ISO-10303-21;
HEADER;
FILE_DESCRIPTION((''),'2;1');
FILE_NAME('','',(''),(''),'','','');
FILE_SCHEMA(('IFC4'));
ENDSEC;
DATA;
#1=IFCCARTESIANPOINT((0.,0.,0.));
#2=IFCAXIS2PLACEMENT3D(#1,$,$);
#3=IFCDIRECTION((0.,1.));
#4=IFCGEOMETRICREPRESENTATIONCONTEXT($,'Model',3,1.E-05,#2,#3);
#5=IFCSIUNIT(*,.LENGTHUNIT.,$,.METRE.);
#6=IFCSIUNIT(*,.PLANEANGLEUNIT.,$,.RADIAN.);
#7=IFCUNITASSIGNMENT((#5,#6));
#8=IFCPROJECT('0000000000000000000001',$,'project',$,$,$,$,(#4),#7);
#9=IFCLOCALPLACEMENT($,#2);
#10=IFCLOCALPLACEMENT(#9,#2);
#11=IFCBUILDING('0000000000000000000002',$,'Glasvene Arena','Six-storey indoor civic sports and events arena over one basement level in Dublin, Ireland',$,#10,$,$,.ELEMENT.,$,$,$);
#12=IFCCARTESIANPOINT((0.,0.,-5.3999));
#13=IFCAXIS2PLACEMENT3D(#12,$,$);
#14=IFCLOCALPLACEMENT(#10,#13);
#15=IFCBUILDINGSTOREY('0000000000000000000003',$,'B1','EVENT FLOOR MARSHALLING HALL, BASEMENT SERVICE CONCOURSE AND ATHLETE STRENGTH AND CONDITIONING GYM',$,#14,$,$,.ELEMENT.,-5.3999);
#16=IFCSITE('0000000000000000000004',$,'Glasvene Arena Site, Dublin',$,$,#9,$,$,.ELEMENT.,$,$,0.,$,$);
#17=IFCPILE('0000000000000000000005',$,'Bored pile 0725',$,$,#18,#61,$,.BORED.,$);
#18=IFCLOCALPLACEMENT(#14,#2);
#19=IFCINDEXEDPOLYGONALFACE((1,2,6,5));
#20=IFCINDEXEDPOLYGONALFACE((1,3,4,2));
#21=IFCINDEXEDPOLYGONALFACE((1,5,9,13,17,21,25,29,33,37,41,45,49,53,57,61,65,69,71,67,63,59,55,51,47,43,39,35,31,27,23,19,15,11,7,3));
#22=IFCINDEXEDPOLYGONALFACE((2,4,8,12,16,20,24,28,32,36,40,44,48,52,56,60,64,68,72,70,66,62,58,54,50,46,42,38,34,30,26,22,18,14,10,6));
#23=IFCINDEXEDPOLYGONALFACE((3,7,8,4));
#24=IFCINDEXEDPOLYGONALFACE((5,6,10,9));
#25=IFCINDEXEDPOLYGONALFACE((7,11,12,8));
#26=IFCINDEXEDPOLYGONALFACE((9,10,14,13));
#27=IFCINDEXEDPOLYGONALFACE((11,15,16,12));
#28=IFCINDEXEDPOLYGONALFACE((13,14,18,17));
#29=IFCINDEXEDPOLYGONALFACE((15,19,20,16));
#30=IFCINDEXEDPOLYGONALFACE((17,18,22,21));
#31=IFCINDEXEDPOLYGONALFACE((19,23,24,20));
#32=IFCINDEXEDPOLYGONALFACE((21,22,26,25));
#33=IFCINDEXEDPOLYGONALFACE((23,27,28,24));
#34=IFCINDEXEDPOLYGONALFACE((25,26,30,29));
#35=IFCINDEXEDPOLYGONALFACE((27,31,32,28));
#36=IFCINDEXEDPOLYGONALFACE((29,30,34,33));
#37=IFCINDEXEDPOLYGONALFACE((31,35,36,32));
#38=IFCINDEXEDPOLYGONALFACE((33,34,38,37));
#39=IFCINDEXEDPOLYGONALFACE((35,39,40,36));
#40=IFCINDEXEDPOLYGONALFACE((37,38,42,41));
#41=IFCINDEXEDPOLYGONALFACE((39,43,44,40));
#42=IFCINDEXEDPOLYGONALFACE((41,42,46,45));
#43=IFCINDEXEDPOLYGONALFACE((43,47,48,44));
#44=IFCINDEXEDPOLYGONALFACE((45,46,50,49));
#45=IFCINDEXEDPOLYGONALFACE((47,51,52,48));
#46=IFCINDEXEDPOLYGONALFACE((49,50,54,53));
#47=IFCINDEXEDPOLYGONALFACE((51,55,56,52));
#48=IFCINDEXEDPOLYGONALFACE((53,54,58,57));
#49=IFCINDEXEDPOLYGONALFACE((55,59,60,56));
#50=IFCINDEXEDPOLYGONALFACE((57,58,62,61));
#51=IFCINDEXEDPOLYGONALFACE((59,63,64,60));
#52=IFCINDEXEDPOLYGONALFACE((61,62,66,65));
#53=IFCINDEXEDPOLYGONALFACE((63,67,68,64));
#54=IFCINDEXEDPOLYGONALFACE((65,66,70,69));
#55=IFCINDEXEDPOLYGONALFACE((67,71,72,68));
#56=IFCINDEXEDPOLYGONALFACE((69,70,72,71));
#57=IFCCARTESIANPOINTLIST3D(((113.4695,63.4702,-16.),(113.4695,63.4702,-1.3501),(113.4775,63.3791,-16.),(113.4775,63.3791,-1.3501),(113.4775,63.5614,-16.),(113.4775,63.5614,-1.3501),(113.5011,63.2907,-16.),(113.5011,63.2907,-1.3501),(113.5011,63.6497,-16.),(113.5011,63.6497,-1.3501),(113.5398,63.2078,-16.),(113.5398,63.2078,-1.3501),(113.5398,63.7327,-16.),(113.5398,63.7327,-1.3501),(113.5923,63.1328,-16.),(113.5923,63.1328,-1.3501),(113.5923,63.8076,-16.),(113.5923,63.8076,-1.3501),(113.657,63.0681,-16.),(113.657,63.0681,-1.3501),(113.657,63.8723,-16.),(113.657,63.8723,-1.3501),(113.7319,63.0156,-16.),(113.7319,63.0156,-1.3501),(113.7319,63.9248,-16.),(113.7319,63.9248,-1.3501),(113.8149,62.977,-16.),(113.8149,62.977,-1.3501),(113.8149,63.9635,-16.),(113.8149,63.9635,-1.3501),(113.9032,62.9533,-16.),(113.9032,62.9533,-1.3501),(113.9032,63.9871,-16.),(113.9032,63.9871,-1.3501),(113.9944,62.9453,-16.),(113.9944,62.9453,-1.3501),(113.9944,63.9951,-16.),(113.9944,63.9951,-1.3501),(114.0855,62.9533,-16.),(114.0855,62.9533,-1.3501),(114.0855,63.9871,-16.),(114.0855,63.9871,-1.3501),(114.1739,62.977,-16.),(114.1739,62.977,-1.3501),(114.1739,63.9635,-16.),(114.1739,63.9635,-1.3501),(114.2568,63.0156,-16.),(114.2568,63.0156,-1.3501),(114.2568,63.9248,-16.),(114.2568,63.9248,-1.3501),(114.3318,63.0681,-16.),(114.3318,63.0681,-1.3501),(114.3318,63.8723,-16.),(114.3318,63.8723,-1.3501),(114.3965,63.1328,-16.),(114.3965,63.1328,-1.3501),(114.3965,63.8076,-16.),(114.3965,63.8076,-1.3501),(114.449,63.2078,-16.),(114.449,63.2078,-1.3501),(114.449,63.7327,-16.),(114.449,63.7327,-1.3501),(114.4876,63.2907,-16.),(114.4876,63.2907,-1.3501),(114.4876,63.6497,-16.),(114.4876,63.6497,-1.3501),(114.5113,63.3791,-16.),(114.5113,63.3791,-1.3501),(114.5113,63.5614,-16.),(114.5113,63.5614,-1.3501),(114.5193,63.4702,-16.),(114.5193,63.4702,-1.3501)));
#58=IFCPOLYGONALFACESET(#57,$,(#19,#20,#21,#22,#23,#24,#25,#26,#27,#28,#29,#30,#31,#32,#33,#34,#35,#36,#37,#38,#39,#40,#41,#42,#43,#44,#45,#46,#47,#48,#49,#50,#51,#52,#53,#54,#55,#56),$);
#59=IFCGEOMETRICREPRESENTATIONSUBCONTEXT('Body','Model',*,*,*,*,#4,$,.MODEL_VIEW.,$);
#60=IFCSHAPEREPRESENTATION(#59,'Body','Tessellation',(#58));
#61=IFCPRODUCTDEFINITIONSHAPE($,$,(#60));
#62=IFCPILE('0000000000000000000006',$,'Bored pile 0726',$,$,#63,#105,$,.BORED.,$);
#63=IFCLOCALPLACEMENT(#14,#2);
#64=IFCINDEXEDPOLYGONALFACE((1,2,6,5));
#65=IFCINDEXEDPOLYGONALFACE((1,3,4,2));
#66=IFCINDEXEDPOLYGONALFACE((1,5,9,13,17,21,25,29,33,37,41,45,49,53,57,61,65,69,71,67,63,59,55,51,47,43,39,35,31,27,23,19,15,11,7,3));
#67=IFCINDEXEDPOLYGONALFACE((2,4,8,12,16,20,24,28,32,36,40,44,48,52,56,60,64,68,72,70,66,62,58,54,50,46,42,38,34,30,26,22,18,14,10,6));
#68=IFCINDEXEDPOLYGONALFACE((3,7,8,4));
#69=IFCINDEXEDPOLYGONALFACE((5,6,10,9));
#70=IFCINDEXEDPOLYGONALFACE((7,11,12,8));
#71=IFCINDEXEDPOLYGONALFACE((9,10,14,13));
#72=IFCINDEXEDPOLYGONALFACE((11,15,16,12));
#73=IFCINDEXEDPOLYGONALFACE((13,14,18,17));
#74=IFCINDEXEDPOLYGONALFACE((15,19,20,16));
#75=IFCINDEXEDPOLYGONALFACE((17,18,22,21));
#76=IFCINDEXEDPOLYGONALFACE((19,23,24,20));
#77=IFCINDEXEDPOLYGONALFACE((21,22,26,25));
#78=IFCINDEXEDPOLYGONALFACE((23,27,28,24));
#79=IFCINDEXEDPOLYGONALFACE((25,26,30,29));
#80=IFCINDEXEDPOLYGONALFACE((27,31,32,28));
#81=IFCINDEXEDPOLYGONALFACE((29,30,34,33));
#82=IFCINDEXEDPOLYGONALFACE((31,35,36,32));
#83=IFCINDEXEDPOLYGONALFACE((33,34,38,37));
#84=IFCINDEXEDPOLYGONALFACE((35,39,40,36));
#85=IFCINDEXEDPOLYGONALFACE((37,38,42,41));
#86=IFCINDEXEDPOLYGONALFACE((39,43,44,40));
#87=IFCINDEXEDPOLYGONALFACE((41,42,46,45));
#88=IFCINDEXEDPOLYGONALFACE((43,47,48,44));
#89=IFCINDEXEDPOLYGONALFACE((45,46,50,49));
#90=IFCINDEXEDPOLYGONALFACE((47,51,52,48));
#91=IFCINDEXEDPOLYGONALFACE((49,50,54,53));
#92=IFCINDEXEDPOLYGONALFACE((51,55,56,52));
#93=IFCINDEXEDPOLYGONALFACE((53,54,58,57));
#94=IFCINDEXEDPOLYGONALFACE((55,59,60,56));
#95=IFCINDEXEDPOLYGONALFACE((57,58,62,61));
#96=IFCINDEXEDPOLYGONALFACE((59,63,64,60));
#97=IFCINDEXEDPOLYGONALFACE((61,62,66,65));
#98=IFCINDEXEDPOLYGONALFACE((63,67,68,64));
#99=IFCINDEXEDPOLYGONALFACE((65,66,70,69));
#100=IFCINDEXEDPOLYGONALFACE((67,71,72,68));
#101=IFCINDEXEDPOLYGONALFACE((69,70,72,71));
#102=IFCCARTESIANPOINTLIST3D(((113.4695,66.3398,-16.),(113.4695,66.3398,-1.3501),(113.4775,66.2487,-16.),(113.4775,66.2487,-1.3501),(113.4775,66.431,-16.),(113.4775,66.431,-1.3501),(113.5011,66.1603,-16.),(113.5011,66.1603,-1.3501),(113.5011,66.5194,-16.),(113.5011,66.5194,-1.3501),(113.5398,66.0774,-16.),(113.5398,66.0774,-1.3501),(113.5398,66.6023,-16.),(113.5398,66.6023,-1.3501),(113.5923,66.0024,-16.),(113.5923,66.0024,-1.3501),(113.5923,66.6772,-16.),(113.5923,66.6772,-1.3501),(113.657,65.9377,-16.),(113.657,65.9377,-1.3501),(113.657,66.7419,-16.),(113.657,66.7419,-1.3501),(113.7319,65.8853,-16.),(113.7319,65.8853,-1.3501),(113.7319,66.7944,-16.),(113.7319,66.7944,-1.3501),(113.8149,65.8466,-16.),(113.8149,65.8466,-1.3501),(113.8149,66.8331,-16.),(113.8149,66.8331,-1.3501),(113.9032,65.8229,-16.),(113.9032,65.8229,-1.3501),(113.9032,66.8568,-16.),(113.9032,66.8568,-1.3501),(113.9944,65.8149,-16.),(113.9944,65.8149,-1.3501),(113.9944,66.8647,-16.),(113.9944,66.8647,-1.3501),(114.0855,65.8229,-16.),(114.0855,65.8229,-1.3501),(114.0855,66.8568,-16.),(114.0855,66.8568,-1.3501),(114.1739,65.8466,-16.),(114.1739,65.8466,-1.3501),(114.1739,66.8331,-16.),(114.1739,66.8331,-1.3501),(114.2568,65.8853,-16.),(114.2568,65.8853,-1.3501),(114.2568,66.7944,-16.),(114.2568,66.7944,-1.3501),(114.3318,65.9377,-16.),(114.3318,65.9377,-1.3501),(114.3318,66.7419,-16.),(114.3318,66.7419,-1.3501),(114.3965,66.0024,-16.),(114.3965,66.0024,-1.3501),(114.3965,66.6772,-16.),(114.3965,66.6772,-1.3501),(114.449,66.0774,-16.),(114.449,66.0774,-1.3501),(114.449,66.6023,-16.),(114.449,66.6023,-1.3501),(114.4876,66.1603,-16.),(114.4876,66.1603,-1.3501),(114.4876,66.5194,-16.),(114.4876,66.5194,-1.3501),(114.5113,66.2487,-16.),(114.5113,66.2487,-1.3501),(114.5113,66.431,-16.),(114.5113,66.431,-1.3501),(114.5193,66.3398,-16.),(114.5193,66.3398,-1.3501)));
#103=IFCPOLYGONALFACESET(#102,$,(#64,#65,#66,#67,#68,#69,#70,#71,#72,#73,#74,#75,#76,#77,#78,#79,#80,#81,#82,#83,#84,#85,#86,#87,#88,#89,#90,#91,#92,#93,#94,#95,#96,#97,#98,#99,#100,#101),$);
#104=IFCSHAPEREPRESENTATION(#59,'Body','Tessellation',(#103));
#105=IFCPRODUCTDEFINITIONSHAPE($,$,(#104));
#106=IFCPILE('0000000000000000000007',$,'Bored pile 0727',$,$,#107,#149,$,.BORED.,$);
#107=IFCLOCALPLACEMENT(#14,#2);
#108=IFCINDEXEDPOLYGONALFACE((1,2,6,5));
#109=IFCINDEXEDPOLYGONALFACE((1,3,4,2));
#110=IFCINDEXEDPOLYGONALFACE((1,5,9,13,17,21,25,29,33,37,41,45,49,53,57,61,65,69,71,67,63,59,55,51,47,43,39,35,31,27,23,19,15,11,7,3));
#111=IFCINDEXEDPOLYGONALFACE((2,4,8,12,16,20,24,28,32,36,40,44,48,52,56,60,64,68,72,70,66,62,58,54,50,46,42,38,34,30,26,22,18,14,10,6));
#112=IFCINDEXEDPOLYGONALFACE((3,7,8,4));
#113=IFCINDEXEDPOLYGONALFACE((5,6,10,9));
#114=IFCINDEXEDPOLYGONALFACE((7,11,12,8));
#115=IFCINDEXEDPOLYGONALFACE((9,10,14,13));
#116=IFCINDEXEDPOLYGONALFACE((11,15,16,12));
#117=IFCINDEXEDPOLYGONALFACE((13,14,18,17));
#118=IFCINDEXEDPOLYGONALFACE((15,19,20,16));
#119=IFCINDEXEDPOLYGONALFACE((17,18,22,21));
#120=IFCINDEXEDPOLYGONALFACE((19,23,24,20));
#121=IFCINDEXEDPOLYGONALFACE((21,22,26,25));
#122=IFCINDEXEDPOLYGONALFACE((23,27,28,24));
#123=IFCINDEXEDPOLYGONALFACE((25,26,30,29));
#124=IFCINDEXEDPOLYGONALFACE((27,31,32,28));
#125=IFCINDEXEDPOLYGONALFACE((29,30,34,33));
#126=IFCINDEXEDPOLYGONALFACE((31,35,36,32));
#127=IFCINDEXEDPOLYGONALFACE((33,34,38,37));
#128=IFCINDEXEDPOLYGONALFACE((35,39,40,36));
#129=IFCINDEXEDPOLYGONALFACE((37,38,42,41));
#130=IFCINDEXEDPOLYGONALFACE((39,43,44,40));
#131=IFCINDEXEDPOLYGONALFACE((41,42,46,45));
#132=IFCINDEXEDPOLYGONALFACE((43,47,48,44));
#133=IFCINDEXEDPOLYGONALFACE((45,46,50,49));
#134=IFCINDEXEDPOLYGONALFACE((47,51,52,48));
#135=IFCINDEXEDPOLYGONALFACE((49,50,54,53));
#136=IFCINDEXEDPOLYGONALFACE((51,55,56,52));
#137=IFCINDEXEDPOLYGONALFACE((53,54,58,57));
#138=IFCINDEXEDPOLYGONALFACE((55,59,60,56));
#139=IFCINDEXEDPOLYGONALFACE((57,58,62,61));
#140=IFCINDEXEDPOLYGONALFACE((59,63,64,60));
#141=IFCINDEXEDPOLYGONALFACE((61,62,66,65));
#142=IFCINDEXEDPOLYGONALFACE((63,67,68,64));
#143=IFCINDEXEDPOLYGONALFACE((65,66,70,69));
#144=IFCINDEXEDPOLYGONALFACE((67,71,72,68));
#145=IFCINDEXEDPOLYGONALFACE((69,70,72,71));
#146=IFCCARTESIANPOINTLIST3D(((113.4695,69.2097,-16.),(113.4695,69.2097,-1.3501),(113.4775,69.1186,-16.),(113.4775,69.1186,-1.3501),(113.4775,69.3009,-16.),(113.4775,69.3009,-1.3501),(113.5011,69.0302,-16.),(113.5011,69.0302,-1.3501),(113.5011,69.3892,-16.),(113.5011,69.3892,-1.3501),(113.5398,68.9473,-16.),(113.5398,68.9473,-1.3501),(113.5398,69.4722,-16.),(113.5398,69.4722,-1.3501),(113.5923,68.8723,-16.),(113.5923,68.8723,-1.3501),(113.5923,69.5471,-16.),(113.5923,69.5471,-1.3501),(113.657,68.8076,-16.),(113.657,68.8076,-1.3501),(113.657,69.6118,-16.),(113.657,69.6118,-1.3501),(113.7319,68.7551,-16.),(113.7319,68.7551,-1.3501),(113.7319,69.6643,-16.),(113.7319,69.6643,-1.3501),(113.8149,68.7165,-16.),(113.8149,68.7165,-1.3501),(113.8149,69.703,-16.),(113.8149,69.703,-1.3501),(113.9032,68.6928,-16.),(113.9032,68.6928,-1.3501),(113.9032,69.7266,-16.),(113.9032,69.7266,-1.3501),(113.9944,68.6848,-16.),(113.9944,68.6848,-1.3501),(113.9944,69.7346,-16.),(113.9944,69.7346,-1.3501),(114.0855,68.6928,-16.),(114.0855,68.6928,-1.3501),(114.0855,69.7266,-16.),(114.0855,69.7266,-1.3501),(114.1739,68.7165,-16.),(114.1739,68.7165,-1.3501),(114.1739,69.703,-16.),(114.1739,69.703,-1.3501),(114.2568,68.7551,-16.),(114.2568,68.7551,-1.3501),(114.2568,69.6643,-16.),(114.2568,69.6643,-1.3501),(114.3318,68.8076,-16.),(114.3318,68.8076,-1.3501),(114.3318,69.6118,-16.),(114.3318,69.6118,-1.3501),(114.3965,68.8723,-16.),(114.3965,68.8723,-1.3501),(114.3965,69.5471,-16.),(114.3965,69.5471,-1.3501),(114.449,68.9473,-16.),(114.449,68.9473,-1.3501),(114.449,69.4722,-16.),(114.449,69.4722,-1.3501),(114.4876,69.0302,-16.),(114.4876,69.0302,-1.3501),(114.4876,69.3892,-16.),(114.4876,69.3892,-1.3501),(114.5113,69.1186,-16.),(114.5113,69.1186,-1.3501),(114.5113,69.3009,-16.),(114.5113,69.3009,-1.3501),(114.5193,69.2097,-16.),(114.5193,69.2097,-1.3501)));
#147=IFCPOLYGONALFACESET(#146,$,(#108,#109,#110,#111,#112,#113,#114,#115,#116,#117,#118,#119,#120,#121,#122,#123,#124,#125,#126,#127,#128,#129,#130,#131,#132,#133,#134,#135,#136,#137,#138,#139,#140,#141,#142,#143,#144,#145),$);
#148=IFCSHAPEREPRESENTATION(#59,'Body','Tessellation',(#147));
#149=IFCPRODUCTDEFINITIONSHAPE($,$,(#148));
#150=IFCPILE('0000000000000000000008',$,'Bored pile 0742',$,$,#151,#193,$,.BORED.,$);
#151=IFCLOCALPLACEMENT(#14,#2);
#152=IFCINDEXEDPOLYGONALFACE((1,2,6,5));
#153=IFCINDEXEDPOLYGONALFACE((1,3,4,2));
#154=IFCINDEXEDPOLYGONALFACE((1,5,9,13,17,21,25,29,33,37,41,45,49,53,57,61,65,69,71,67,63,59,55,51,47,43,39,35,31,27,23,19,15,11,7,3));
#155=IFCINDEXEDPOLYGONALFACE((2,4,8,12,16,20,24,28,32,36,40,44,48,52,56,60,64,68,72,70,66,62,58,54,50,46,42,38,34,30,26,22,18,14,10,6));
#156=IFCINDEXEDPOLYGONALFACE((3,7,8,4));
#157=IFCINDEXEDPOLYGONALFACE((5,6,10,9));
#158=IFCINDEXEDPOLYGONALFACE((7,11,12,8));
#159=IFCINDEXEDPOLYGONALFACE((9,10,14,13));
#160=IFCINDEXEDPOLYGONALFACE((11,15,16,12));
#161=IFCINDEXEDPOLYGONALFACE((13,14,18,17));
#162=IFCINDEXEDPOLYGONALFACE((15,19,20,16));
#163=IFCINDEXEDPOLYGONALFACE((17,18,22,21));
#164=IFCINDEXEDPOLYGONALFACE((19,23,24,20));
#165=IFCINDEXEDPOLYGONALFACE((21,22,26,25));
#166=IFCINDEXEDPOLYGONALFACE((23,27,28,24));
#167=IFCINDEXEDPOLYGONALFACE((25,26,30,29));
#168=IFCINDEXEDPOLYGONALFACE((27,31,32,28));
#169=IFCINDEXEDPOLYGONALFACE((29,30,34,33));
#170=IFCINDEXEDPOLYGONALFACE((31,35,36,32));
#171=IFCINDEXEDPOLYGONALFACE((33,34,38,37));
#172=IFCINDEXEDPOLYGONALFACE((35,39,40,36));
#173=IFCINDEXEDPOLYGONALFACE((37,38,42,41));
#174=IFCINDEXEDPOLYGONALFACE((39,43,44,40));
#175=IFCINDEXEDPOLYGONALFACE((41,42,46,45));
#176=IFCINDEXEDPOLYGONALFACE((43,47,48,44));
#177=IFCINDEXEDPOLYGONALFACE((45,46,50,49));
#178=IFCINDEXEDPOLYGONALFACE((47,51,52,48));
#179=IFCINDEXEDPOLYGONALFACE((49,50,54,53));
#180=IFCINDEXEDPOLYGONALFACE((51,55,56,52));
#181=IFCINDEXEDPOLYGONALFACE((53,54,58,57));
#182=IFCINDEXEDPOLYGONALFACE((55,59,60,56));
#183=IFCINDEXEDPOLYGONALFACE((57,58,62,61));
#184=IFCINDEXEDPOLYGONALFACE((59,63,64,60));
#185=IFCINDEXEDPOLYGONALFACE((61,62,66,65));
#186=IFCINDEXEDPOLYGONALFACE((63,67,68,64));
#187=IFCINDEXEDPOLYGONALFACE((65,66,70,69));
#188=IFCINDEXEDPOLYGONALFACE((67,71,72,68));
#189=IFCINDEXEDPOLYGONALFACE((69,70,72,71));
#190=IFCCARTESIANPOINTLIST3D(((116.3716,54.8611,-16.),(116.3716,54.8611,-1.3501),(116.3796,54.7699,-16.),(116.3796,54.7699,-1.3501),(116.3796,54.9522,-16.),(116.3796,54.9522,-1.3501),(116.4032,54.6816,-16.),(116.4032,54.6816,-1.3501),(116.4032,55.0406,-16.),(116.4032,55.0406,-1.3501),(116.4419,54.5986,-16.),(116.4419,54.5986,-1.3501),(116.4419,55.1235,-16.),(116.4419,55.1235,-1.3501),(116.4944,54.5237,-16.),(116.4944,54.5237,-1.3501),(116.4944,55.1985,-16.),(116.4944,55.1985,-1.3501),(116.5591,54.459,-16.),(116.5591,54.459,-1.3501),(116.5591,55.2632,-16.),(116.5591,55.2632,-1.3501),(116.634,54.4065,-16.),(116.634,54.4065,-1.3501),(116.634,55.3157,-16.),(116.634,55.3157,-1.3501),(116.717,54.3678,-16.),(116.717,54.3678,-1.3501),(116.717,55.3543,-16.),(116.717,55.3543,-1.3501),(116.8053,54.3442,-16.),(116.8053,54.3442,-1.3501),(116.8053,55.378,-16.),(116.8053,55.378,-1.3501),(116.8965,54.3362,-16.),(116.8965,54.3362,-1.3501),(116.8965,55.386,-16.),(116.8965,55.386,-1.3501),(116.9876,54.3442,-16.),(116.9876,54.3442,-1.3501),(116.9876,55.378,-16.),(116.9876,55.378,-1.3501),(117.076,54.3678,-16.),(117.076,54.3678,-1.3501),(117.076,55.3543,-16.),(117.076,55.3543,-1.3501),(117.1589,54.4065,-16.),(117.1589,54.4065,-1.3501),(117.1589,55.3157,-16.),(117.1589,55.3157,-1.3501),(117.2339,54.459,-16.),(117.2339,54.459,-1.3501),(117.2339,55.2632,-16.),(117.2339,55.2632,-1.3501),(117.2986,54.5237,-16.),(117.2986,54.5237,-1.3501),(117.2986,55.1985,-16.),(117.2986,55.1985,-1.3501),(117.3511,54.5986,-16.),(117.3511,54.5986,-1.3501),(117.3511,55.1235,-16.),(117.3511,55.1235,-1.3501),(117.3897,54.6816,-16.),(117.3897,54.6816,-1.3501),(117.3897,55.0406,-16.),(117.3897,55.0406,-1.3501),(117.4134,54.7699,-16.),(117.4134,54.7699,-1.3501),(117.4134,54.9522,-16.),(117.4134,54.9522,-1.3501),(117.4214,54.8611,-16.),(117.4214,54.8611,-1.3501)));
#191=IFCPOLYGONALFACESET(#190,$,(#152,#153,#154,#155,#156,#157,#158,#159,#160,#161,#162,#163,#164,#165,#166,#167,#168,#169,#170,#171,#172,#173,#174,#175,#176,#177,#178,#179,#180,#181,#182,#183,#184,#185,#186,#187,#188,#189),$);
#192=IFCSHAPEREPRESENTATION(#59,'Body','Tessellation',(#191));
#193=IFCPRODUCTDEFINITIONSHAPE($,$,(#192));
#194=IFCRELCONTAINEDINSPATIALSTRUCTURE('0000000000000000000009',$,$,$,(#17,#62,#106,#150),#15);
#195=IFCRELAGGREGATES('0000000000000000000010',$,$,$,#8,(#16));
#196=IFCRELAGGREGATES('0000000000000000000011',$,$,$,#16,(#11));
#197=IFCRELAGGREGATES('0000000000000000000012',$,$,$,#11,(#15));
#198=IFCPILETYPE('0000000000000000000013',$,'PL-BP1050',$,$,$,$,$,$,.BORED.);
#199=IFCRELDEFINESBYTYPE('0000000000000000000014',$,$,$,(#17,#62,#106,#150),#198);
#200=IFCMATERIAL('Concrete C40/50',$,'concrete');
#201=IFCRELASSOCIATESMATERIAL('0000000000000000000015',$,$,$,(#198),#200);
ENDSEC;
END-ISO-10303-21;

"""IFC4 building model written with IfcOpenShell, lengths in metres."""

from ifc_helpers import new_model, si_unit, direction, frame, origin, origin_2d, place, context, subcontext, project, spatial, circle, extrude, material, material_profile, profile_set, type_object, element, save


model = new_model("IFC4")

# Units and contexts
model_context = context("Model", 3, precision=1e-05, world=origin(), true_north=direction((0.0, 1.0)))
body_context = subcontext(model_context, "Body", "Model", "MODEL_VIEW")
ifc_project = project(units=[si_unit("LENGTHUNIT", "METRE"), si_unit("PLANEANGLEUNIT", "RADIAN")], contexts=[model_context])

# Site, building, storey
site_placement = place(None, origin())
site = spatial("IfcSite", under=ifc_project, at=site_placement, Name="Glasvene Arena Site, Dublin", CompositionType="ELEMENT", RefElevation=0.0)
building_placement = place(site_placement, origin())
building = spatial("IfcBuilding", under=site, at=building_placement, Name="Glasvene Arena", Description="Six-storey indoor civic sports and events arena over one basement level in Dublin, Ireland", CompositionType="ELEMENT")
storey_placement = place(building_placement, frame((0.0, 0.0, -5.3999)))
storey = spatial("IfcBuildingStorey", under=building, at=storey_placement, Name="B1", Description="EVENT FLOOR MARSHALLING HALL, BASEMENT SERVICE CONCOURSE AND ATHLETE STRENGTH AND CONDITIONING GYM", CompositionType="ELEMENT", Elevation=-5.3999)

# Piles
ifc_material_1 = material(Name="Concrete C40/50", Category="concrete")
ifc_material_profile_1 = material_profile(ifc_material_1, circle(Radius=0.5249, at=origin_2d()), Name="BORED PILE 1050")
ifc_profile_set_1 = profile_set([ifc_material_profile_1], Name="Concrete C40/50")
pile_type = type_object("IfcPileType", Name="PL-BP1050", PredefinedType="BORED", material=ifc_profile_set_1)
for number, where, z_axis, x_axis, name in (
    (1, (113.9944, 63.4702, -1.3501), (0.0, 0.0, -1.0), (1.0, 0.0, 0.0), "Bored pile 0725"),
    (2, (113.9944, 66.3398, -1.3501), (0.0, 0.0, -1.0), (1.0, 0.0, 0.0), "Bored pile 0726"),
    (3, (113.9944, 69.2097, -1.3501), (0.0, 0.0, -1.0), (1.0, 0.0, 0.0), "Bored pile 0727"),
    (4, (116.8965, 54.8611, -1.3501), (0.0, 0.0, -1.0), (1.0, 0.0, 0.0), "Bored pile 0742"),
):
    element("IfcPile", number, at=place(storey_placement, frame(where, z_axis=z_axis, x_axis=x_axis)), inside=storey, type_object=pile_type, Name=name, PredefinedType="BORED", context=body_context, shape_type="SweptSolid", body=[
        extrude(circle(Radius=0.5249, at=origin_2d()), origin(), (0.0, 0.0, 1.0), 14.6499),
    ])

save(model, "model.ifc")
